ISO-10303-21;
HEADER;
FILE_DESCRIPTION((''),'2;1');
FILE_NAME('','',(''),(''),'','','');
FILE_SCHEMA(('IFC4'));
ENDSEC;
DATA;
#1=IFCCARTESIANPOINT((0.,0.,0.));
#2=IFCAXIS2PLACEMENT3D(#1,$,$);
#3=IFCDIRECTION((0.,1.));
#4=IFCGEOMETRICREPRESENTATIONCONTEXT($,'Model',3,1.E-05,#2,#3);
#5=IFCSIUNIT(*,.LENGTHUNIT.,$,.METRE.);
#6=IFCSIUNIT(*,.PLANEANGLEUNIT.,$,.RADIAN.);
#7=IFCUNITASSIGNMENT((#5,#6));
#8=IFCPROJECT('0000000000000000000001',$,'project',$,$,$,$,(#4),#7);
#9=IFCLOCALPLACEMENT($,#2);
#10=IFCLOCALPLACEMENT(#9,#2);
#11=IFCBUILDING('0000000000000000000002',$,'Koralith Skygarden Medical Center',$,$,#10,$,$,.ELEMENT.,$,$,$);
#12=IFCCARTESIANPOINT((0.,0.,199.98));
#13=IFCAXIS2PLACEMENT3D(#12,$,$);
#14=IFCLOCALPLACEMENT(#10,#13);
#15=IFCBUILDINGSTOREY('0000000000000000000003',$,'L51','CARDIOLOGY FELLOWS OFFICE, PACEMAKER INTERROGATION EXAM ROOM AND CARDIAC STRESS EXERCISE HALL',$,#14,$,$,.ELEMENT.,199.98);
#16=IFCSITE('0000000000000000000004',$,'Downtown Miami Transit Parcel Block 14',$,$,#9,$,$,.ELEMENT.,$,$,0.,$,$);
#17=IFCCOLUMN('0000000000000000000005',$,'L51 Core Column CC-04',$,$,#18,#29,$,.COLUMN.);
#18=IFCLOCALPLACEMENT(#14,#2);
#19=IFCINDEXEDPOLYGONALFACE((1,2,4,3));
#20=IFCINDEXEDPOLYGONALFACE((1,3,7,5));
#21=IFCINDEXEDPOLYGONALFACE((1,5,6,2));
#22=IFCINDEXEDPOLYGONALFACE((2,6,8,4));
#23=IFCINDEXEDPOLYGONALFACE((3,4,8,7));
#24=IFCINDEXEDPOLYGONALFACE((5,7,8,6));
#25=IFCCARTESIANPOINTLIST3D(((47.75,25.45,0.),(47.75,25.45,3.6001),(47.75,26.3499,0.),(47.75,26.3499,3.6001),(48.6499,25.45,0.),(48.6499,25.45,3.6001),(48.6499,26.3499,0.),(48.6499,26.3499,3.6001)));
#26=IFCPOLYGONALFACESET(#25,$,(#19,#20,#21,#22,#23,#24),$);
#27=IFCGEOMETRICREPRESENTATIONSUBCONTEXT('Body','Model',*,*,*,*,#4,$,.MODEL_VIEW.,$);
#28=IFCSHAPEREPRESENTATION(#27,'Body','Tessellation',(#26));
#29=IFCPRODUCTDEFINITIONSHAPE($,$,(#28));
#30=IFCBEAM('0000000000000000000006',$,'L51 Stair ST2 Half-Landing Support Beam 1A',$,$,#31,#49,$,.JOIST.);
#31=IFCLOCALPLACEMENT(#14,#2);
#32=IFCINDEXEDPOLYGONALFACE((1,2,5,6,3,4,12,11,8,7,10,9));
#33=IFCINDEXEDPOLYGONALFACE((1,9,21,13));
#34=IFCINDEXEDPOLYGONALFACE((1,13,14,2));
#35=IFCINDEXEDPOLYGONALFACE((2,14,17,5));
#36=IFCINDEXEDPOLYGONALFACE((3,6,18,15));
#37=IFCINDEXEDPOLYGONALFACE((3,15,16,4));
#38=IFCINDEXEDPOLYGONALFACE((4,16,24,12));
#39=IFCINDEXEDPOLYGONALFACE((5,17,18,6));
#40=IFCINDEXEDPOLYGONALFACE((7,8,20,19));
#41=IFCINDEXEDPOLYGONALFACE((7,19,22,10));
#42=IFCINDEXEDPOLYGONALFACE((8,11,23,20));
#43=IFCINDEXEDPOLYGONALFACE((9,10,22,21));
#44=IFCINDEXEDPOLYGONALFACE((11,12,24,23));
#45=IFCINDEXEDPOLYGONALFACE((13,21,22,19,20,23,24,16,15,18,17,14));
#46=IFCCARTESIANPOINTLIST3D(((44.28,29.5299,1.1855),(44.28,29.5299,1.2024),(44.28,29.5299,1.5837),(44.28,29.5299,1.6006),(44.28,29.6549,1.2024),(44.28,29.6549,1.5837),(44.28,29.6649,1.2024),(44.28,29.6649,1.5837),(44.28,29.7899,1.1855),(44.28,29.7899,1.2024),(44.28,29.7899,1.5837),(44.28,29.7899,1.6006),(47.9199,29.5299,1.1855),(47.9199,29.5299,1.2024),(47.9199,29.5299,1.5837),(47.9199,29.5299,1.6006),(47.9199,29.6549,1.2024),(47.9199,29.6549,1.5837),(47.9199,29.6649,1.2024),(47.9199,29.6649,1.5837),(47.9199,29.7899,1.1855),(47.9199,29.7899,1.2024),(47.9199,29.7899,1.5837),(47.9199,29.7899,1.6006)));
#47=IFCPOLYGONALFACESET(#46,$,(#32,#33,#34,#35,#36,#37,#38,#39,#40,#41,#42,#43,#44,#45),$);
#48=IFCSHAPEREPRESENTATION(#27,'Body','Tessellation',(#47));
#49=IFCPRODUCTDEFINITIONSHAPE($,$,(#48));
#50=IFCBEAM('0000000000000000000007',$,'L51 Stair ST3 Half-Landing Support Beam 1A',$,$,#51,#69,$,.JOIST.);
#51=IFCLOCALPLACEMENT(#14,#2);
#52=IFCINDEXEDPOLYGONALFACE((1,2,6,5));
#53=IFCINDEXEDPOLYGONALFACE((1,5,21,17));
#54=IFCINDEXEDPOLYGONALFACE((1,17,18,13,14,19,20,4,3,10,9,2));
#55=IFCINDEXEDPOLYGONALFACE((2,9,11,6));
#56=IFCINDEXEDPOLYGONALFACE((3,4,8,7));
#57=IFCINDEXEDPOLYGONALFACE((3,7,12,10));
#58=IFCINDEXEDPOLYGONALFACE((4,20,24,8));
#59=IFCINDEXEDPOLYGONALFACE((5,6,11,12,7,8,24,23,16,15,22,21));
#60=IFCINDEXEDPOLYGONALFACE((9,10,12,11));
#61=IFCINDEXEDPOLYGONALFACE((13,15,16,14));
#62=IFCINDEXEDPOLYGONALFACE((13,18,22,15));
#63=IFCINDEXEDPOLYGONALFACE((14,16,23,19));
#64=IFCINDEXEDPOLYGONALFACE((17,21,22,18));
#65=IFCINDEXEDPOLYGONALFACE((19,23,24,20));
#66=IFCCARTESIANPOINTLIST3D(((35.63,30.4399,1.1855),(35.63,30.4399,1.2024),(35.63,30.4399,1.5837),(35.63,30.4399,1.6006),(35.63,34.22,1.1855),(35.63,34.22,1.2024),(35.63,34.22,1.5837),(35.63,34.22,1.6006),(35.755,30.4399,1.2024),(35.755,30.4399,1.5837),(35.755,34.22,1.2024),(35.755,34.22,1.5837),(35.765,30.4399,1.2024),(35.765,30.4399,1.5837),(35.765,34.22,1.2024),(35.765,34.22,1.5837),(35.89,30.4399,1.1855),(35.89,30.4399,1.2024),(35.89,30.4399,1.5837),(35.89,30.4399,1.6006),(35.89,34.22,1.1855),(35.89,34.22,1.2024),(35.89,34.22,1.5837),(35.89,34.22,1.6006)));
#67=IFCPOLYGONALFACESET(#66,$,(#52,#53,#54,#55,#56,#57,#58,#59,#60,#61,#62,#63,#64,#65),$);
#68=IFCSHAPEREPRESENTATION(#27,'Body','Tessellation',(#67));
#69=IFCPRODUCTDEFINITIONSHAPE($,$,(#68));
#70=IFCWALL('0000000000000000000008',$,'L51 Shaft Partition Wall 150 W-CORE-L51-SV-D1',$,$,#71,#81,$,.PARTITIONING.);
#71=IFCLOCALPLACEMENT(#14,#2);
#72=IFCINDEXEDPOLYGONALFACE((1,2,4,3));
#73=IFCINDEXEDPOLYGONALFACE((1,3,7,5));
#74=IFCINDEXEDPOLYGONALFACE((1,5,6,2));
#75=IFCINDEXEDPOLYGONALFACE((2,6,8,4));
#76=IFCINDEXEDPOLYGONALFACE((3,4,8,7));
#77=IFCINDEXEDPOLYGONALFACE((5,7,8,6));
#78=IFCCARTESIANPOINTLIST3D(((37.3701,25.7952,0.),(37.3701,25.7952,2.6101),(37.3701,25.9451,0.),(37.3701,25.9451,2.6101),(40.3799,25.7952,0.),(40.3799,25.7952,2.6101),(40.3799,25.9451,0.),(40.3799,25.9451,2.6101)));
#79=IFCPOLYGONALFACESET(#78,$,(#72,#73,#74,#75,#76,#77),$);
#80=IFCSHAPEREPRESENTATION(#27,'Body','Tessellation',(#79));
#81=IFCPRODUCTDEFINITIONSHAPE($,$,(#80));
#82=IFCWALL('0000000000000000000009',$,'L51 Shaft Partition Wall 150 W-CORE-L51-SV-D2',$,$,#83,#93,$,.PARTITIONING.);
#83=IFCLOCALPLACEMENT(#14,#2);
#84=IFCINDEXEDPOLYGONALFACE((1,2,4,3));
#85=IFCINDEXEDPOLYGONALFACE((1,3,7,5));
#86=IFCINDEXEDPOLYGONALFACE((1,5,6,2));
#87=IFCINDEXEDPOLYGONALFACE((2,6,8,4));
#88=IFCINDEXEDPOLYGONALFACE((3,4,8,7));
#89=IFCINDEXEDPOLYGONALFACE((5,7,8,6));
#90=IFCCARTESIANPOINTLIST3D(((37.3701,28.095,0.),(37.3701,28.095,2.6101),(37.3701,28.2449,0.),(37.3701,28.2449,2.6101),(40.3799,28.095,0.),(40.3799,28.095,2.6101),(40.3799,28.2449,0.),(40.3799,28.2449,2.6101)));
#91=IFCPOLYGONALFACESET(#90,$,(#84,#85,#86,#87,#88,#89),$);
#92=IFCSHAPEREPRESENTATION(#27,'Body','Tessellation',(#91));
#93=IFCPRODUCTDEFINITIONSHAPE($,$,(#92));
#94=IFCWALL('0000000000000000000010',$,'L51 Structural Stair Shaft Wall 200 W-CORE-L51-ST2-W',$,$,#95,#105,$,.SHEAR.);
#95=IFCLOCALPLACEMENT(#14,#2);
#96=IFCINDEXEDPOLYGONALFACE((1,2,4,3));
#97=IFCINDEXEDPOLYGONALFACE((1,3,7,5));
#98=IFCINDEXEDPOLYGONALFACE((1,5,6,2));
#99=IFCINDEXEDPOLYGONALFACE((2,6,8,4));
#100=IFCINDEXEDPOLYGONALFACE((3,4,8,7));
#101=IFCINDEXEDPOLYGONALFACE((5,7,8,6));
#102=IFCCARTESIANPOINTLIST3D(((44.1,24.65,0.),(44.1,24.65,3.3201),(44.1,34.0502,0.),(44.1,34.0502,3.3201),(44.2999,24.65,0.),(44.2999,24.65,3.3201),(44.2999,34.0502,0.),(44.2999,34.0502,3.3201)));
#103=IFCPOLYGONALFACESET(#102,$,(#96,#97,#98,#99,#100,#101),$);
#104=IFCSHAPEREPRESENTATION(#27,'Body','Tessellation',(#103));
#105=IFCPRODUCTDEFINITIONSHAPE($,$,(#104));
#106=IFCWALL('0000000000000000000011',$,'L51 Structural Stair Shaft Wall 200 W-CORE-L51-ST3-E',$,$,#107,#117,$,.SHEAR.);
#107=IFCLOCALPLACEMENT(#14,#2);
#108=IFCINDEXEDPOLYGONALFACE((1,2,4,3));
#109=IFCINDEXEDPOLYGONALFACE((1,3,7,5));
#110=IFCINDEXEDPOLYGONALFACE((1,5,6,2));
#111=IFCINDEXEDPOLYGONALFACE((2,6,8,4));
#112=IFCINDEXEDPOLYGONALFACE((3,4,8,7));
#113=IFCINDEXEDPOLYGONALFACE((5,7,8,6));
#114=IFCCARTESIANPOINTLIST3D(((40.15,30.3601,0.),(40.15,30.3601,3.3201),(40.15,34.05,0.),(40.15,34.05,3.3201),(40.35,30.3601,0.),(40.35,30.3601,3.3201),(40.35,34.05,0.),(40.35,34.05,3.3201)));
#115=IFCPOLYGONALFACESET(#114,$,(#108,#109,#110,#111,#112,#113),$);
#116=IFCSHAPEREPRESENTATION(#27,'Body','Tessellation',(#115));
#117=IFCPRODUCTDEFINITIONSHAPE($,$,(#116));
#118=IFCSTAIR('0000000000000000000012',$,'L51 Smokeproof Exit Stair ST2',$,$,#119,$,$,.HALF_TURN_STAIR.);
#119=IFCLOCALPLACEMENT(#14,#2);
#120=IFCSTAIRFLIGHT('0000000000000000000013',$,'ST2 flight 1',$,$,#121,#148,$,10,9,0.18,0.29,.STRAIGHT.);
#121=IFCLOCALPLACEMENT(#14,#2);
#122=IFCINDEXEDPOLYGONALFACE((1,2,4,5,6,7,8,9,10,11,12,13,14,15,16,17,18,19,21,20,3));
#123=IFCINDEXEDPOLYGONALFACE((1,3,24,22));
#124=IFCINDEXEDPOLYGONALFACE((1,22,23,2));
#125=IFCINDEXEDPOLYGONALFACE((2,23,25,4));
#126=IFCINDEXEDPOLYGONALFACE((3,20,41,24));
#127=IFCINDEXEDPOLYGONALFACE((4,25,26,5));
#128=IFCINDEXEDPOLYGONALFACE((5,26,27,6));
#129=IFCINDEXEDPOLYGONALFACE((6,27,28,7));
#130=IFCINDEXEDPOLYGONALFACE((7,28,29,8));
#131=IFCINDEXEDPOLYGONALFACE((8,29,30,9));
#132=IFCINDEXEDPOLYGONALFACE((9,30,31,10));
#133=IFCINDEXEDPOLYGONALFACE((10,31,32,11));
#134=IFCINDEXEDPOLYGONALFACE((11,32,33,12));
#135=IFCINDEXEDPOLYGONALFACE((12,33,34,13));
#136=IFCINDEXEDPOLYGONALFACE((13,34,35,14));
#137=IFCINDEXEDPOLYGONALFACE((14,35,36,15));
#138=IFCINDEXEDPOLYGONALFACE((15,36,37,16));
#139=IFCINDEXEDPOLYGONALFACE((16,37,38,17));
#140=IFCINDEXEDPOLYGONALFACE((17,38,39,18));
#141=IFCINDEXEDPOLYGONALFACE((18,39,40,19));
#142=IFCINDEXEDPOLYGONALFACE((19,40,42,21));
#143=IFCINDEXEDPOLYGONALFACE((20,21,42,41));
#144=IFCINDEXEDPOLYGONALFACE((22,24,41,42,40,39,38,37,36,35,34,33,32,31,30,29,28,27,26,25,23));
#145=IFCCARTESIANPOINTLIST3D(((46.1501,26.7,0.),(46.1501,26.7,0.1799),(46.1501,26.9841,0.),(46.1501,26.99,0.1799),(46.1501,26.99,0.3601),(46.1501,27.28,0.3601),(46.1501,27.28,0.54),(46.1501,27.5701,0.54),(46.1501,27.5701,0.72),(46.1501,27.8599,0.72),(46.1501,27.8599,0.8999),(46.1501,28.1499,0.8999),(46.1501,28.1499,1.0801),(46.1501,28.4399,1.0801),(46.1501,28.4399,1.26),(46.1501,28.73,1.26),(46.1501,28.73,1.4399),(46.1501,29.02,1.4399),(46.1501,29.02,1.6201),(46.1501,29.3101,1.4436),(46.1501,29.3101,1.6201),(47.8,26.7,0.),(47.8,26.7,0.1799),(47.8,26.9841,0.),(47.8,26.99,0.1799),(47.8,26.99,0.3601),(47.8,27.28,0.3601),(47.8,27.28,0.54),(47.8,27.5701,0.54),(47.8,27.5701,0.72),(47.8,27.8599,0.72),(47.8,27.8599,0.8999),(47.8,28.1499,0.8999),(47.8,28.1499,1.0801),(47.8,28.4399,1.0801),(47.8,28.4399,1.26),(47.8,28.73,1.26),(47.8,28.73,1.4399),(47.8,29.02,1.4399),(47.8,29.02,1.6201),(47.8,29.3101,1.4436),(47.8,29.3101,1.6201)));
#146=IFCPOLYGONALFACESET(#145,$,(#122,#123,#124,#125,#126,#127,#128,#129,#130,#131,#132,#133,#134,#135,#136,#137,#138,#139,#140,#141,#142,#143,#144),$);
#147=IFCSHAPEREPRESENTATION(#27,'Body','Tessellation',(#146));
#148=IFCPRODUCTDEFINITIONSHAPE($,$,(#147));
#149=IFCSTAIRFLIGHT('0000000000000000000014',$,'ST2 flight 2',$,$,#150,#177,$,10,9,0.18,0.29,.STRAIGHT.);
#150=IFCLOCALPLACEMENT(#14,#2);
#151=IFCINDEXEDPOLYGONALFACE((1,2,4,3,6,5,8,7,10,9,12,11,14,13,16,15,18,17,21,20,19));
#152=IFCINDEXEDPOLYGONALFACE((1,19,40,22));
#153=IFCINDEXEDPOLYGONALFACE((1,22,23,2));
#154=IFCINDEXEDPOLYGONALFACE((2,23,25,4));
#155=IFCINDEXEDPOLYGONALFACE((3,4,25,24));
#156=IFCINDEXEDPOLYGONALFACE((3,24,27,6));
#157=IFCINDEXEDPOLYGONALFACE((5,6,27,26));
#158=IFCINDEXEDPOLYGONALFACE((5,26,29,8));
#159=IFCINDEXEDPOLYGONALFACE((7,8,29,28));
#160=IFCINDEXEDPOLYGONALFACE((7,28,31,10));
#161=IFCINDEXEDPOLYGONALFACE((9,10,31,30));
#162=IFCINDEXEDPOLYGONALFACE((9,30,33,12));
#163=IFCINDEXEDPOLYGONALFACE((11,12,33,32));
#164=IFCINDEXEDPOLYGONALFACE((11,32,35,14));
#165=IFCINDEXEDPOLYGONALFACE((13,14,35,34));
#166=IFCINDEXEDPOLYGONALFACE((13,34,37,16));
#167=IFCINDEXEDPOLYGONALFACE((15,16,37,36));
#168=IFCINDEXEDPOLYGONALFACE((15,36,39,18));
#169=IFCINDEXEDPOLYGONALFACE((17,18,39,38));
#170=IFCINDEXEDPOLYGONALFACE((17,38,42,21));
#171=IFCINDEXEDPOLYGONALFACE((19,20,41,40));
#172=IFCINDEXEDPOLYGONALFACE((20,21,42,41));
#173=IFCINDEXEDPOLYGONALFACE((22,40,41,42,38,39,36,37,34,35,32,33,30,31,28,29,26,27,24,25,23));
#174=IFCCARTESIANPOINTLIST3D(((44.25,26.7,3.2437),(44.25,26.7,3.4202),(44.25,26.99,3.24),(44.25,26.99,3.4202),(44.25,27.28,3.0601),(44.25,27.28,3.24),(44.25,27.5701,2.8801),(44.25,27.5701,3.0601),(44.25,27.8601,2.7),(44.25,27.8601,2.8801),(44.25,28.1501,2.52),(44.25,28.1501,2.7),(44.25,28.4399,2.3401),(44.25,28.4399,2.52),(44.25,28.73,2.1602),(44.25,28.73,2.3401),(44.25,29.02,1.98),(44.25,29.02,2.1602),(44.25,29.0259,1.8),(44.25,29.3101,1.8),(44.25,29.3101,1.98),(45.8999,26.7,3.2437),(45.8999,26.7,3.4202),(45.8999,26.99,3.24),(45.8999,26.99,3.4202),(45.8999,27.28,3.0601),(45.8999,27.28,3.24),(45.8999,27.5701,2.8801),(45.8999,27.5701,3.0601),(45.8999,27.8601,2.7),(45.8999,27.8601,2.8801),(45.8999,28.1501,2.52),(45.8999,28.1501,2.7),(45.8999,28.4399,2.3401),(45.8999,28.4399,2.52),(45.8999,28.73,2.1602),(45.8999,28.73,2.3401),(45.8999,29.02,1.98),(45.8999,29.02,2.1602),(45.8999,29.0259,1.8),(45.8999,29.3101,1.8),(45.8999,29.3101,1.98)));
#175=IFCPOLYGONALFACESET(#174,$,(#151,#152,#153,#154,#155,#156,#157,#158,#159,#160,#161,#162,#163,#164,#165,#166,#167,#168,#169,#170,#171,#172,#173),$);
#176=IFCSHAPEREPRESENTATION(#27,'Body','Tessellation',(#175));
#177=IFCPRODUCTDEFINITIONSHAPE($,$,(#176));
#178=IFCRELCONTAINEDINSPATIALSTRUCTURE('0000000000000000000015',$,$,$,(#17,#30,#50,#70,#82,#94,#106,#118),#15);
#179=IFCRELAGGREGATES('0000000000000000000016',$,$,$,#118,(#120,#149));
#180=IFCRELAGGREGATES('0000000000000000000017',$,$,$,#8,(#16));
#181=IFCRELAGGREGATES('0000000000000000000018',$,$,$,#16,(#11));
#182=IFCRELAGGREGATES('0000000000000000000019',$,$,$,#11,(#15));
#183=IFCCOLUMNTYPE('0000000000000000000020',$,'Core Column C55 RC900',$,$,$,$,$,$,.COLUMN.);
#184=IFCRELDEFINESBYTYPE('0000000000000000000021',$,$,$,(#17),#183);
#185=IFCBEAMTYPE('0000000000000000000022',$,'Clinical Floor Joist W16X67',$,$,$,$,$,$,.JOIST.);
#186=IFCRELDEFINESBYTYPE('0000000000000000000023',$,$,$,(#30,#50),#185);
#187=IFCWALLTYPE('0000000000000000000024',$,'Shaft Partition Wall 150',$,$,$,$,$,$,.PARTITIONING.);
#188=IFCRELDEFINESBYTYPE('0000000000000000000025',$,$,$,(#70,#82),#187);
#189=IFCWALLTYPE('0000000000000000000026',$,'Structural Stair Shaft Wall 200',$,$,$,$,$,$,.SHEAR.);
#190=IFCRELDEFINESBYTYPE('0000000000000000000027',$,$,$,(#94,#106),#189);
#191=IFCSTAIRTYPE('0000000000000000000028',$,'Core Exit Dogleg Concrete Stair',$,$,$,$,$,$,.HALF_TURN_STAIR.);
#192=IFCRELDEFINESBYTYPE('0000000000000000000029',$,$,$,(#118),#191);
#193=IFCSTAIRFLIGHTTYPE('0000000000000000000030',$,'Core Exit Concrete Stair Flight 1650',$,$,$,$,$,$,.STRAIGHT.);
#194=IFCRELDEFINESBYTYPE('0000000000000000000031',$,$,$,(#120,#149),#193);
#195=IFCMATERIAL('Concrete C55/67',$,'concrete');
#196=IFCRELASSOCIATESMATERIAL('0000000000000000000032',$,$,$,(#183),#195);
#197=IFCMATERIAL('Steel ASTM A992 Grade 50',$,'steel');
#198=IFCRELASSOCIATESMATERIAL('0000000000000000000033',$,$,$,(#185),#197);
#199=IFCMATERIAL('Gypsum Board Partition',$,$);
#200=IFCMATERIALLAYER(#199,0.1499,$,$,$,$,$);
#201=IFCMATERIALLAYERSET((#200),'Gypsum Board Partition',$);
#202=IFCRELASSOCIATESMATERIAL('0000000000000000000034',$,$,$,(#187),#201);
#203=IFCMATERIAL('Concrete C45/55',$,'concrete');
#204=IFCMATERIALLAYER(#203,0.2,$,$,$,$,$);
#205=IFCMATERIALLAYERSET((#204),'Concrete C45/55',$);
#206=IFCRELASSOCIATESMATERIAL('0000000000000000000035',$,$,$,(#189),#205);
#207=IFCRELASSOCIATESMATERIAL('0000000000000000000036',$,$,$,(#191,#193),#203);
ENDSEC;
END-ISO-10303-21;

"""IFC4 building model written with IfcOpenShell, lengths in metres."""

from ifc_helpers import new_model, si_unit, direction, frame, frame_2d, origin, origin_2d, place, context, subcontext, project, spatial, polyline, rectangle, i_section, outline, extrude, material, layer, layer_set, material_profile, profile_set, type_object, element, aggregate, save


model = new_model("IFC4")

# Units and contexts
model_context = context("Model", 3, precision=1e-05, world=origin(), true_north=direction((0.0, 1.0)))
body_context = subcontext(model_context, "Body", "Model", "MODEL_VIEW")
ifc_project = project(units=[si_unit("LENGTHUNIT", "METRE"), si_unit("PLANEANGLEUNIT", "RADIAN")], contexts=[model_context])

# Site, building, storey
site_placement = place(None, origin())
site = spatial("IfcSite", under=ifc_project, at=site_placement, Name="Downtown Miami Transit Parcel Block 14", CompositionType="ELEMENT", RefElevation=0.0)
building_placement = place(site_placement, origin())
building = spatial("IfcBuilding", under=site, at=building_placement, Name="Koralith Skygarden Medical Center", CompositionType="ELEMENT")
storey_placement = place(building_placement, frame((0.0, 0.0, 199.98)))
storey = spatial("IfcBuildingStorey", under=building, at=storey_placement, Name="L51", Description="CARDIOLOGY FELLOWS OFFICE, PACEMAKER INTERROGATION EXAM ROOM AND CARDIAC STRESS EXERCISE HALL", CompositionType="ELEMENT", Elevation=199.98)

# Column
ifc_material_1 = material(Name="Concrete C55/67", Category="concrete")
ifc_material_profile_1 = material_profile(ifc_material_1, rectangle(XDim=0.8999, YDim=0.8999, at=origin_2d()), Name="RC900X900")
ifc_profile_set_1 = profile_set([ifc_material_profile_1], Name="Concrete C55/67")
column_type = type_object("IfcColumnType", Name="Core Column C55 RC900", PredefinedType="COLUMN", material=ifc_profile_set_1)
column_placement = place(storey_placement, frame((48.2, 25.8999, 0.0), z_axis=(0.0, 0.0, 1.0), x_axis=(1.0, 0.0, 0.0)))
element("IfcColumn", 1, at=column_placement, inside=storey, type_object=column_type, Name="L51 Core Column CC-04", PredefinedType="COLUMN", context=body_context, shape_type="SweptSolid", body=[
    extrude(rectangle(XDim=0.8999, YDim=0.8999, at=origin_2d()), origin(), (0.0, 0.0, 1.0), 3.6001),
])

# Beams
ifc_material_2 = material(Name="Steel ASTM A992 Grade 50", Category="steel")
ifc_material_profile_2 = material_profile(ifc_material_2, i_section(OverallWidth=0.26, OverallDepth=0.415, WebThickness=0.01, FlangeThickness=0.0168, at=origin_2d()), Name="W16X67")
ifc_profile_set_2 = profile_set([ifc_material_profile_2], Name="Steel ASTM A992 Grade 50")
beam_type = type_object("IfcBeamType", Name="Clinical Floor Joist W16X67", PredefinedType="JOIST", material=ifc_profile_set_2)
beam_1_placement = place(storey_placement, frame((44.28, 29.6599, 1.3931), z_axis=(1.0, 0.0, 0.0), x_axis=(0.0, 1.0, 0.0)))
element("IfcBeam", 2, at=beam_1_placement, inside=storey, type_object=beam_type, Name="L51 Stair ST2 Half-Landing Support Beam 1A", PredefinedType="JOIST", context=body_context, shape_type="SweptSolid", body=[
    extrude(i_section(OverallWidth=0.26, OverallDepth=0.415, WebThickness=0.01, FlangeThickness=0.0168, at=origin_2d()), origin(), (0.0, 0.0, 1.0), 3.6399),
])
beam_2_placement = place(storey_placement, frame((35.76, 30.4399, 1.3931), z_axis=(0.0, 1.0, 0.0), x_axis=(-1.0, 0.0, 0.0)))
element("IfcBeam", 3, at=beam_2_placement, inside=storey, type_object=beam_type, Name="L51 Stair ST3 Half-Landing Support Beam 1A", PredefinedType="JOIST", context=body_context, shape_type="SweptSolid", body=[
    extrude(i_section(OverallWidth=0.26, OverallDepth=0.415, WebThickness=0.01, FlangeThickness=0.0168, at=origin_2d()), origin(), (0.0, 0.0, 1.0), 3.78),
])

# Walls
ifc_material_3 = material(Name="Gypsum Board Partition")
ifc_layer_1 = layer(ifc_material_3, 0.1499)
ifc_layer_set_1 = layer_set([ifc_layer_1], Name="Gypsum Board Partition")
wall_type_1 = type_object("IfcWallType", Name="Shaft Partition Wall 150", PredefinedType="PARTITIONING", material=ifc_layer_set_1)
for number, where, z_axis, x_axis, name in (
    (4, (37.3701, 25.8701, 0.0), (0.0, 0.0, 1.0), (1.0, 0.0, 0.0), "L51 Shaft Partition Wall 150 W-CORE-L51-SV-D1"),
    (5, (37.3701, 28.1699, 0.0), (0.0, 0.0, 1.0), (1.0, 0.0, 0.0), "L51 Shaft Partition Wall 150 W-CORE-L51-SV-D2"),
):
    element("IfcWall", number, at=place(storey_placement, frame(where, z_axis=z_axis, x_axis=x_axis)), inside=storey, type_object=wall_type_1, Name=name, PredefinedType="PARTITIONING", context=body_context, shape_type="SweptSolid", body=[
        extrude(rectangle(XDim=3.0098, YDim=0.1499, at=frame_2d((1.5049, 0.0))), origin(), (0.0, 0.0, 1.0), 2.6101),
    ])
ifc_material_4 = material(Name="Concrete C45/55", Category="concrete")
ifc_layer_2 = layer(ifc_material_4, 0.2)
ifc_layer_set_2 = layer_set([ifc_layer_2], Name="Concrete C45/55")
wall_type_2 = type_object("IfcWallType", Name="Structural Stair Shaft Wall 200", PredefinedType="SHEAR", material=ifc_layer_set_2)
wall_1_placement = place(storey_placement, frame((44.2, 24.6499, 0.0), z_axis=(0.0, 0.0, 1.0), x_axis=(0.0, 1.0, 0.0)))
element("IfcWall", 6, at=wall_1_placement, inside=storey, type_object=wall_type_2, Name="L51 Structural Stair Shaft Wall 200 W-CORE-L51-ST2-W", PredefinedType="SHEAR", context=body_context, shape_type="SweptSolid", body=[
    extrude(rectangle(XDim=9.4001, YDim=0.2, at=frame_2d((4.7002, 0.0))), origin(), (0.0, 0.0, 1.0), 3.3201),
])
wall_2_placement = place(storey_placement, frame((40.25, 30.3601, 0.0), z_axis=(0.0, 0.0, 1.0), x_axis=(0.0, 1.0, 0.0)))
element("IfcWall", 7, at=wall_2_placement, inside=storey, type_object=wall_type_2, Name="L51 Structural Stair Shaft Wall 200 W-CORE-L51-ST3-E", PredefinedType="SHEAR", context=body_context, shape_type="SweptSolid", body=[
    extrude(rectangle(XDim=3.6899, YDim=0.2, at=frame_2d((1.845, 0.0))), origin(), (0.0, 0.0, 1.0), 3.3201),
])

# Stair, stair flights
stair_type = type_object("IfcStairType", Name="Core Exit Dogleg Concrete Stair", PredefinedType="HALF_TURN_STAIR", material=ifc_material_4)
stair_placement = place(storey_placement, origin())
stair = element("IfcStair", 8, at=stair_placement, inside=storey, type_object=stair_type, Name="L51 Smokeproof Exit Stair ST2", PredefinedType="HALF_TURN_STAIR")
stair_flight_type = type_object("IfcStairFlightType", Name="Core Exit Concrete Stair Flight 1650", PredefinedType="STRAIGHT", material=ifc_material_4)
stair_flight_1_placement = place(storey_placement, frame((46.9751, 26.7, 0.0), z_axis=(0.0, 0.0, 1.0), x_axis=(0.0, 1.0, 0.0)))
stair_flight_1 = element("IfcStairFlight", 9, at=stair_flight_1_placement, type_object=stair_flight_type, Name="ST2 flight 1", NumberOfRisers=10, NumberOfTreads=9, PredefinedType="STRAIGHT", RiserHeight=0.18, TreadLength=0.29, context=body_context, shape_type="SweptSolid", body=[
    extrude(outline(polyline([(0.0, 0.0), (0.0, 0.1799), (0.29, 0.1799), (0.29, 0.3601), (0.5801, 0.3601), (0.5801, 0.54), (0.8701, 0.54), (0.8701, 0.72), (1.1599, 0.72), (1.1599, 0.8999), (1.45, 0.8999), (1.45, 1.0801), (1.74, 1.0801), (1.74, 1.26), (2.03, 1.26), (2.03, 1.4399), (2.3201, 1.4399), (2.3201, 1.6201), (2.6101, 1.6201), (2.6101, 1.8), (2.6101, 1.4436), (0.2842, 0.0), (0.0, 0.0)])), frame((0.0, 0.825, 0.0), z_axis=(0.0, -1.0, 0.0), x_axis=(1.0, 0.0, 0.0)), (0.0, 0.0, 1.0), 1.6499),
])
stair_flight_2_placement = place(storey_placement, frame((45.075, 29.3101, 1.8), z_axis=(0.0, 0.0, 1.0), x_axis=(0.0, -1.0, 0.0)))
stair_flight_2 = element("IfcStairFlight", 10, at=stair_flight_2_placement, type_object=stair_flight_type, Name="ST2 flight 2", NumberOfRisers=10, NumberOfTreads=9, PredefinedType="STRAIGHT", RiserHeight=0.18, TreadLength=0.29, context=body_context, shape_type="SweptSolid", body=[
    extrude(outline(polyline([(0.0, 0.0), (0.0, 0.1799), (0.29, 0.1799), (0.29, 0.3601), (0.5801, 0.3601), (0.5801, 0.54), (0.8701, 0.54), (0.8701, 0.72), (1.1599, 0.72), (1.1599, 0.8999), (1.45, 0.8999), (1.45, 1.0801), (1.74, 1.0801), (1.74, 1.26), (2.03, 1.26), (2.03, 1.4399), (2.3201, 1.4399), (2.3201, 1.6201), (2.6101, 1.6201), (2.6101, 1.8), (2.6101, 1.4436), (0.2842, 0.0), (0.0, 0.0)])), frame((0.0, 0.825, 0.0), z_axis=(0.0, -1.0, 0.0), x_axis=(1.0, 0.0, 0.0)), (0.0, 0.0, 1.0), 1.6499),
])
aggregate(stair, [stair_flight_1, stair_flight_2])

save(model, "model.ifc")
